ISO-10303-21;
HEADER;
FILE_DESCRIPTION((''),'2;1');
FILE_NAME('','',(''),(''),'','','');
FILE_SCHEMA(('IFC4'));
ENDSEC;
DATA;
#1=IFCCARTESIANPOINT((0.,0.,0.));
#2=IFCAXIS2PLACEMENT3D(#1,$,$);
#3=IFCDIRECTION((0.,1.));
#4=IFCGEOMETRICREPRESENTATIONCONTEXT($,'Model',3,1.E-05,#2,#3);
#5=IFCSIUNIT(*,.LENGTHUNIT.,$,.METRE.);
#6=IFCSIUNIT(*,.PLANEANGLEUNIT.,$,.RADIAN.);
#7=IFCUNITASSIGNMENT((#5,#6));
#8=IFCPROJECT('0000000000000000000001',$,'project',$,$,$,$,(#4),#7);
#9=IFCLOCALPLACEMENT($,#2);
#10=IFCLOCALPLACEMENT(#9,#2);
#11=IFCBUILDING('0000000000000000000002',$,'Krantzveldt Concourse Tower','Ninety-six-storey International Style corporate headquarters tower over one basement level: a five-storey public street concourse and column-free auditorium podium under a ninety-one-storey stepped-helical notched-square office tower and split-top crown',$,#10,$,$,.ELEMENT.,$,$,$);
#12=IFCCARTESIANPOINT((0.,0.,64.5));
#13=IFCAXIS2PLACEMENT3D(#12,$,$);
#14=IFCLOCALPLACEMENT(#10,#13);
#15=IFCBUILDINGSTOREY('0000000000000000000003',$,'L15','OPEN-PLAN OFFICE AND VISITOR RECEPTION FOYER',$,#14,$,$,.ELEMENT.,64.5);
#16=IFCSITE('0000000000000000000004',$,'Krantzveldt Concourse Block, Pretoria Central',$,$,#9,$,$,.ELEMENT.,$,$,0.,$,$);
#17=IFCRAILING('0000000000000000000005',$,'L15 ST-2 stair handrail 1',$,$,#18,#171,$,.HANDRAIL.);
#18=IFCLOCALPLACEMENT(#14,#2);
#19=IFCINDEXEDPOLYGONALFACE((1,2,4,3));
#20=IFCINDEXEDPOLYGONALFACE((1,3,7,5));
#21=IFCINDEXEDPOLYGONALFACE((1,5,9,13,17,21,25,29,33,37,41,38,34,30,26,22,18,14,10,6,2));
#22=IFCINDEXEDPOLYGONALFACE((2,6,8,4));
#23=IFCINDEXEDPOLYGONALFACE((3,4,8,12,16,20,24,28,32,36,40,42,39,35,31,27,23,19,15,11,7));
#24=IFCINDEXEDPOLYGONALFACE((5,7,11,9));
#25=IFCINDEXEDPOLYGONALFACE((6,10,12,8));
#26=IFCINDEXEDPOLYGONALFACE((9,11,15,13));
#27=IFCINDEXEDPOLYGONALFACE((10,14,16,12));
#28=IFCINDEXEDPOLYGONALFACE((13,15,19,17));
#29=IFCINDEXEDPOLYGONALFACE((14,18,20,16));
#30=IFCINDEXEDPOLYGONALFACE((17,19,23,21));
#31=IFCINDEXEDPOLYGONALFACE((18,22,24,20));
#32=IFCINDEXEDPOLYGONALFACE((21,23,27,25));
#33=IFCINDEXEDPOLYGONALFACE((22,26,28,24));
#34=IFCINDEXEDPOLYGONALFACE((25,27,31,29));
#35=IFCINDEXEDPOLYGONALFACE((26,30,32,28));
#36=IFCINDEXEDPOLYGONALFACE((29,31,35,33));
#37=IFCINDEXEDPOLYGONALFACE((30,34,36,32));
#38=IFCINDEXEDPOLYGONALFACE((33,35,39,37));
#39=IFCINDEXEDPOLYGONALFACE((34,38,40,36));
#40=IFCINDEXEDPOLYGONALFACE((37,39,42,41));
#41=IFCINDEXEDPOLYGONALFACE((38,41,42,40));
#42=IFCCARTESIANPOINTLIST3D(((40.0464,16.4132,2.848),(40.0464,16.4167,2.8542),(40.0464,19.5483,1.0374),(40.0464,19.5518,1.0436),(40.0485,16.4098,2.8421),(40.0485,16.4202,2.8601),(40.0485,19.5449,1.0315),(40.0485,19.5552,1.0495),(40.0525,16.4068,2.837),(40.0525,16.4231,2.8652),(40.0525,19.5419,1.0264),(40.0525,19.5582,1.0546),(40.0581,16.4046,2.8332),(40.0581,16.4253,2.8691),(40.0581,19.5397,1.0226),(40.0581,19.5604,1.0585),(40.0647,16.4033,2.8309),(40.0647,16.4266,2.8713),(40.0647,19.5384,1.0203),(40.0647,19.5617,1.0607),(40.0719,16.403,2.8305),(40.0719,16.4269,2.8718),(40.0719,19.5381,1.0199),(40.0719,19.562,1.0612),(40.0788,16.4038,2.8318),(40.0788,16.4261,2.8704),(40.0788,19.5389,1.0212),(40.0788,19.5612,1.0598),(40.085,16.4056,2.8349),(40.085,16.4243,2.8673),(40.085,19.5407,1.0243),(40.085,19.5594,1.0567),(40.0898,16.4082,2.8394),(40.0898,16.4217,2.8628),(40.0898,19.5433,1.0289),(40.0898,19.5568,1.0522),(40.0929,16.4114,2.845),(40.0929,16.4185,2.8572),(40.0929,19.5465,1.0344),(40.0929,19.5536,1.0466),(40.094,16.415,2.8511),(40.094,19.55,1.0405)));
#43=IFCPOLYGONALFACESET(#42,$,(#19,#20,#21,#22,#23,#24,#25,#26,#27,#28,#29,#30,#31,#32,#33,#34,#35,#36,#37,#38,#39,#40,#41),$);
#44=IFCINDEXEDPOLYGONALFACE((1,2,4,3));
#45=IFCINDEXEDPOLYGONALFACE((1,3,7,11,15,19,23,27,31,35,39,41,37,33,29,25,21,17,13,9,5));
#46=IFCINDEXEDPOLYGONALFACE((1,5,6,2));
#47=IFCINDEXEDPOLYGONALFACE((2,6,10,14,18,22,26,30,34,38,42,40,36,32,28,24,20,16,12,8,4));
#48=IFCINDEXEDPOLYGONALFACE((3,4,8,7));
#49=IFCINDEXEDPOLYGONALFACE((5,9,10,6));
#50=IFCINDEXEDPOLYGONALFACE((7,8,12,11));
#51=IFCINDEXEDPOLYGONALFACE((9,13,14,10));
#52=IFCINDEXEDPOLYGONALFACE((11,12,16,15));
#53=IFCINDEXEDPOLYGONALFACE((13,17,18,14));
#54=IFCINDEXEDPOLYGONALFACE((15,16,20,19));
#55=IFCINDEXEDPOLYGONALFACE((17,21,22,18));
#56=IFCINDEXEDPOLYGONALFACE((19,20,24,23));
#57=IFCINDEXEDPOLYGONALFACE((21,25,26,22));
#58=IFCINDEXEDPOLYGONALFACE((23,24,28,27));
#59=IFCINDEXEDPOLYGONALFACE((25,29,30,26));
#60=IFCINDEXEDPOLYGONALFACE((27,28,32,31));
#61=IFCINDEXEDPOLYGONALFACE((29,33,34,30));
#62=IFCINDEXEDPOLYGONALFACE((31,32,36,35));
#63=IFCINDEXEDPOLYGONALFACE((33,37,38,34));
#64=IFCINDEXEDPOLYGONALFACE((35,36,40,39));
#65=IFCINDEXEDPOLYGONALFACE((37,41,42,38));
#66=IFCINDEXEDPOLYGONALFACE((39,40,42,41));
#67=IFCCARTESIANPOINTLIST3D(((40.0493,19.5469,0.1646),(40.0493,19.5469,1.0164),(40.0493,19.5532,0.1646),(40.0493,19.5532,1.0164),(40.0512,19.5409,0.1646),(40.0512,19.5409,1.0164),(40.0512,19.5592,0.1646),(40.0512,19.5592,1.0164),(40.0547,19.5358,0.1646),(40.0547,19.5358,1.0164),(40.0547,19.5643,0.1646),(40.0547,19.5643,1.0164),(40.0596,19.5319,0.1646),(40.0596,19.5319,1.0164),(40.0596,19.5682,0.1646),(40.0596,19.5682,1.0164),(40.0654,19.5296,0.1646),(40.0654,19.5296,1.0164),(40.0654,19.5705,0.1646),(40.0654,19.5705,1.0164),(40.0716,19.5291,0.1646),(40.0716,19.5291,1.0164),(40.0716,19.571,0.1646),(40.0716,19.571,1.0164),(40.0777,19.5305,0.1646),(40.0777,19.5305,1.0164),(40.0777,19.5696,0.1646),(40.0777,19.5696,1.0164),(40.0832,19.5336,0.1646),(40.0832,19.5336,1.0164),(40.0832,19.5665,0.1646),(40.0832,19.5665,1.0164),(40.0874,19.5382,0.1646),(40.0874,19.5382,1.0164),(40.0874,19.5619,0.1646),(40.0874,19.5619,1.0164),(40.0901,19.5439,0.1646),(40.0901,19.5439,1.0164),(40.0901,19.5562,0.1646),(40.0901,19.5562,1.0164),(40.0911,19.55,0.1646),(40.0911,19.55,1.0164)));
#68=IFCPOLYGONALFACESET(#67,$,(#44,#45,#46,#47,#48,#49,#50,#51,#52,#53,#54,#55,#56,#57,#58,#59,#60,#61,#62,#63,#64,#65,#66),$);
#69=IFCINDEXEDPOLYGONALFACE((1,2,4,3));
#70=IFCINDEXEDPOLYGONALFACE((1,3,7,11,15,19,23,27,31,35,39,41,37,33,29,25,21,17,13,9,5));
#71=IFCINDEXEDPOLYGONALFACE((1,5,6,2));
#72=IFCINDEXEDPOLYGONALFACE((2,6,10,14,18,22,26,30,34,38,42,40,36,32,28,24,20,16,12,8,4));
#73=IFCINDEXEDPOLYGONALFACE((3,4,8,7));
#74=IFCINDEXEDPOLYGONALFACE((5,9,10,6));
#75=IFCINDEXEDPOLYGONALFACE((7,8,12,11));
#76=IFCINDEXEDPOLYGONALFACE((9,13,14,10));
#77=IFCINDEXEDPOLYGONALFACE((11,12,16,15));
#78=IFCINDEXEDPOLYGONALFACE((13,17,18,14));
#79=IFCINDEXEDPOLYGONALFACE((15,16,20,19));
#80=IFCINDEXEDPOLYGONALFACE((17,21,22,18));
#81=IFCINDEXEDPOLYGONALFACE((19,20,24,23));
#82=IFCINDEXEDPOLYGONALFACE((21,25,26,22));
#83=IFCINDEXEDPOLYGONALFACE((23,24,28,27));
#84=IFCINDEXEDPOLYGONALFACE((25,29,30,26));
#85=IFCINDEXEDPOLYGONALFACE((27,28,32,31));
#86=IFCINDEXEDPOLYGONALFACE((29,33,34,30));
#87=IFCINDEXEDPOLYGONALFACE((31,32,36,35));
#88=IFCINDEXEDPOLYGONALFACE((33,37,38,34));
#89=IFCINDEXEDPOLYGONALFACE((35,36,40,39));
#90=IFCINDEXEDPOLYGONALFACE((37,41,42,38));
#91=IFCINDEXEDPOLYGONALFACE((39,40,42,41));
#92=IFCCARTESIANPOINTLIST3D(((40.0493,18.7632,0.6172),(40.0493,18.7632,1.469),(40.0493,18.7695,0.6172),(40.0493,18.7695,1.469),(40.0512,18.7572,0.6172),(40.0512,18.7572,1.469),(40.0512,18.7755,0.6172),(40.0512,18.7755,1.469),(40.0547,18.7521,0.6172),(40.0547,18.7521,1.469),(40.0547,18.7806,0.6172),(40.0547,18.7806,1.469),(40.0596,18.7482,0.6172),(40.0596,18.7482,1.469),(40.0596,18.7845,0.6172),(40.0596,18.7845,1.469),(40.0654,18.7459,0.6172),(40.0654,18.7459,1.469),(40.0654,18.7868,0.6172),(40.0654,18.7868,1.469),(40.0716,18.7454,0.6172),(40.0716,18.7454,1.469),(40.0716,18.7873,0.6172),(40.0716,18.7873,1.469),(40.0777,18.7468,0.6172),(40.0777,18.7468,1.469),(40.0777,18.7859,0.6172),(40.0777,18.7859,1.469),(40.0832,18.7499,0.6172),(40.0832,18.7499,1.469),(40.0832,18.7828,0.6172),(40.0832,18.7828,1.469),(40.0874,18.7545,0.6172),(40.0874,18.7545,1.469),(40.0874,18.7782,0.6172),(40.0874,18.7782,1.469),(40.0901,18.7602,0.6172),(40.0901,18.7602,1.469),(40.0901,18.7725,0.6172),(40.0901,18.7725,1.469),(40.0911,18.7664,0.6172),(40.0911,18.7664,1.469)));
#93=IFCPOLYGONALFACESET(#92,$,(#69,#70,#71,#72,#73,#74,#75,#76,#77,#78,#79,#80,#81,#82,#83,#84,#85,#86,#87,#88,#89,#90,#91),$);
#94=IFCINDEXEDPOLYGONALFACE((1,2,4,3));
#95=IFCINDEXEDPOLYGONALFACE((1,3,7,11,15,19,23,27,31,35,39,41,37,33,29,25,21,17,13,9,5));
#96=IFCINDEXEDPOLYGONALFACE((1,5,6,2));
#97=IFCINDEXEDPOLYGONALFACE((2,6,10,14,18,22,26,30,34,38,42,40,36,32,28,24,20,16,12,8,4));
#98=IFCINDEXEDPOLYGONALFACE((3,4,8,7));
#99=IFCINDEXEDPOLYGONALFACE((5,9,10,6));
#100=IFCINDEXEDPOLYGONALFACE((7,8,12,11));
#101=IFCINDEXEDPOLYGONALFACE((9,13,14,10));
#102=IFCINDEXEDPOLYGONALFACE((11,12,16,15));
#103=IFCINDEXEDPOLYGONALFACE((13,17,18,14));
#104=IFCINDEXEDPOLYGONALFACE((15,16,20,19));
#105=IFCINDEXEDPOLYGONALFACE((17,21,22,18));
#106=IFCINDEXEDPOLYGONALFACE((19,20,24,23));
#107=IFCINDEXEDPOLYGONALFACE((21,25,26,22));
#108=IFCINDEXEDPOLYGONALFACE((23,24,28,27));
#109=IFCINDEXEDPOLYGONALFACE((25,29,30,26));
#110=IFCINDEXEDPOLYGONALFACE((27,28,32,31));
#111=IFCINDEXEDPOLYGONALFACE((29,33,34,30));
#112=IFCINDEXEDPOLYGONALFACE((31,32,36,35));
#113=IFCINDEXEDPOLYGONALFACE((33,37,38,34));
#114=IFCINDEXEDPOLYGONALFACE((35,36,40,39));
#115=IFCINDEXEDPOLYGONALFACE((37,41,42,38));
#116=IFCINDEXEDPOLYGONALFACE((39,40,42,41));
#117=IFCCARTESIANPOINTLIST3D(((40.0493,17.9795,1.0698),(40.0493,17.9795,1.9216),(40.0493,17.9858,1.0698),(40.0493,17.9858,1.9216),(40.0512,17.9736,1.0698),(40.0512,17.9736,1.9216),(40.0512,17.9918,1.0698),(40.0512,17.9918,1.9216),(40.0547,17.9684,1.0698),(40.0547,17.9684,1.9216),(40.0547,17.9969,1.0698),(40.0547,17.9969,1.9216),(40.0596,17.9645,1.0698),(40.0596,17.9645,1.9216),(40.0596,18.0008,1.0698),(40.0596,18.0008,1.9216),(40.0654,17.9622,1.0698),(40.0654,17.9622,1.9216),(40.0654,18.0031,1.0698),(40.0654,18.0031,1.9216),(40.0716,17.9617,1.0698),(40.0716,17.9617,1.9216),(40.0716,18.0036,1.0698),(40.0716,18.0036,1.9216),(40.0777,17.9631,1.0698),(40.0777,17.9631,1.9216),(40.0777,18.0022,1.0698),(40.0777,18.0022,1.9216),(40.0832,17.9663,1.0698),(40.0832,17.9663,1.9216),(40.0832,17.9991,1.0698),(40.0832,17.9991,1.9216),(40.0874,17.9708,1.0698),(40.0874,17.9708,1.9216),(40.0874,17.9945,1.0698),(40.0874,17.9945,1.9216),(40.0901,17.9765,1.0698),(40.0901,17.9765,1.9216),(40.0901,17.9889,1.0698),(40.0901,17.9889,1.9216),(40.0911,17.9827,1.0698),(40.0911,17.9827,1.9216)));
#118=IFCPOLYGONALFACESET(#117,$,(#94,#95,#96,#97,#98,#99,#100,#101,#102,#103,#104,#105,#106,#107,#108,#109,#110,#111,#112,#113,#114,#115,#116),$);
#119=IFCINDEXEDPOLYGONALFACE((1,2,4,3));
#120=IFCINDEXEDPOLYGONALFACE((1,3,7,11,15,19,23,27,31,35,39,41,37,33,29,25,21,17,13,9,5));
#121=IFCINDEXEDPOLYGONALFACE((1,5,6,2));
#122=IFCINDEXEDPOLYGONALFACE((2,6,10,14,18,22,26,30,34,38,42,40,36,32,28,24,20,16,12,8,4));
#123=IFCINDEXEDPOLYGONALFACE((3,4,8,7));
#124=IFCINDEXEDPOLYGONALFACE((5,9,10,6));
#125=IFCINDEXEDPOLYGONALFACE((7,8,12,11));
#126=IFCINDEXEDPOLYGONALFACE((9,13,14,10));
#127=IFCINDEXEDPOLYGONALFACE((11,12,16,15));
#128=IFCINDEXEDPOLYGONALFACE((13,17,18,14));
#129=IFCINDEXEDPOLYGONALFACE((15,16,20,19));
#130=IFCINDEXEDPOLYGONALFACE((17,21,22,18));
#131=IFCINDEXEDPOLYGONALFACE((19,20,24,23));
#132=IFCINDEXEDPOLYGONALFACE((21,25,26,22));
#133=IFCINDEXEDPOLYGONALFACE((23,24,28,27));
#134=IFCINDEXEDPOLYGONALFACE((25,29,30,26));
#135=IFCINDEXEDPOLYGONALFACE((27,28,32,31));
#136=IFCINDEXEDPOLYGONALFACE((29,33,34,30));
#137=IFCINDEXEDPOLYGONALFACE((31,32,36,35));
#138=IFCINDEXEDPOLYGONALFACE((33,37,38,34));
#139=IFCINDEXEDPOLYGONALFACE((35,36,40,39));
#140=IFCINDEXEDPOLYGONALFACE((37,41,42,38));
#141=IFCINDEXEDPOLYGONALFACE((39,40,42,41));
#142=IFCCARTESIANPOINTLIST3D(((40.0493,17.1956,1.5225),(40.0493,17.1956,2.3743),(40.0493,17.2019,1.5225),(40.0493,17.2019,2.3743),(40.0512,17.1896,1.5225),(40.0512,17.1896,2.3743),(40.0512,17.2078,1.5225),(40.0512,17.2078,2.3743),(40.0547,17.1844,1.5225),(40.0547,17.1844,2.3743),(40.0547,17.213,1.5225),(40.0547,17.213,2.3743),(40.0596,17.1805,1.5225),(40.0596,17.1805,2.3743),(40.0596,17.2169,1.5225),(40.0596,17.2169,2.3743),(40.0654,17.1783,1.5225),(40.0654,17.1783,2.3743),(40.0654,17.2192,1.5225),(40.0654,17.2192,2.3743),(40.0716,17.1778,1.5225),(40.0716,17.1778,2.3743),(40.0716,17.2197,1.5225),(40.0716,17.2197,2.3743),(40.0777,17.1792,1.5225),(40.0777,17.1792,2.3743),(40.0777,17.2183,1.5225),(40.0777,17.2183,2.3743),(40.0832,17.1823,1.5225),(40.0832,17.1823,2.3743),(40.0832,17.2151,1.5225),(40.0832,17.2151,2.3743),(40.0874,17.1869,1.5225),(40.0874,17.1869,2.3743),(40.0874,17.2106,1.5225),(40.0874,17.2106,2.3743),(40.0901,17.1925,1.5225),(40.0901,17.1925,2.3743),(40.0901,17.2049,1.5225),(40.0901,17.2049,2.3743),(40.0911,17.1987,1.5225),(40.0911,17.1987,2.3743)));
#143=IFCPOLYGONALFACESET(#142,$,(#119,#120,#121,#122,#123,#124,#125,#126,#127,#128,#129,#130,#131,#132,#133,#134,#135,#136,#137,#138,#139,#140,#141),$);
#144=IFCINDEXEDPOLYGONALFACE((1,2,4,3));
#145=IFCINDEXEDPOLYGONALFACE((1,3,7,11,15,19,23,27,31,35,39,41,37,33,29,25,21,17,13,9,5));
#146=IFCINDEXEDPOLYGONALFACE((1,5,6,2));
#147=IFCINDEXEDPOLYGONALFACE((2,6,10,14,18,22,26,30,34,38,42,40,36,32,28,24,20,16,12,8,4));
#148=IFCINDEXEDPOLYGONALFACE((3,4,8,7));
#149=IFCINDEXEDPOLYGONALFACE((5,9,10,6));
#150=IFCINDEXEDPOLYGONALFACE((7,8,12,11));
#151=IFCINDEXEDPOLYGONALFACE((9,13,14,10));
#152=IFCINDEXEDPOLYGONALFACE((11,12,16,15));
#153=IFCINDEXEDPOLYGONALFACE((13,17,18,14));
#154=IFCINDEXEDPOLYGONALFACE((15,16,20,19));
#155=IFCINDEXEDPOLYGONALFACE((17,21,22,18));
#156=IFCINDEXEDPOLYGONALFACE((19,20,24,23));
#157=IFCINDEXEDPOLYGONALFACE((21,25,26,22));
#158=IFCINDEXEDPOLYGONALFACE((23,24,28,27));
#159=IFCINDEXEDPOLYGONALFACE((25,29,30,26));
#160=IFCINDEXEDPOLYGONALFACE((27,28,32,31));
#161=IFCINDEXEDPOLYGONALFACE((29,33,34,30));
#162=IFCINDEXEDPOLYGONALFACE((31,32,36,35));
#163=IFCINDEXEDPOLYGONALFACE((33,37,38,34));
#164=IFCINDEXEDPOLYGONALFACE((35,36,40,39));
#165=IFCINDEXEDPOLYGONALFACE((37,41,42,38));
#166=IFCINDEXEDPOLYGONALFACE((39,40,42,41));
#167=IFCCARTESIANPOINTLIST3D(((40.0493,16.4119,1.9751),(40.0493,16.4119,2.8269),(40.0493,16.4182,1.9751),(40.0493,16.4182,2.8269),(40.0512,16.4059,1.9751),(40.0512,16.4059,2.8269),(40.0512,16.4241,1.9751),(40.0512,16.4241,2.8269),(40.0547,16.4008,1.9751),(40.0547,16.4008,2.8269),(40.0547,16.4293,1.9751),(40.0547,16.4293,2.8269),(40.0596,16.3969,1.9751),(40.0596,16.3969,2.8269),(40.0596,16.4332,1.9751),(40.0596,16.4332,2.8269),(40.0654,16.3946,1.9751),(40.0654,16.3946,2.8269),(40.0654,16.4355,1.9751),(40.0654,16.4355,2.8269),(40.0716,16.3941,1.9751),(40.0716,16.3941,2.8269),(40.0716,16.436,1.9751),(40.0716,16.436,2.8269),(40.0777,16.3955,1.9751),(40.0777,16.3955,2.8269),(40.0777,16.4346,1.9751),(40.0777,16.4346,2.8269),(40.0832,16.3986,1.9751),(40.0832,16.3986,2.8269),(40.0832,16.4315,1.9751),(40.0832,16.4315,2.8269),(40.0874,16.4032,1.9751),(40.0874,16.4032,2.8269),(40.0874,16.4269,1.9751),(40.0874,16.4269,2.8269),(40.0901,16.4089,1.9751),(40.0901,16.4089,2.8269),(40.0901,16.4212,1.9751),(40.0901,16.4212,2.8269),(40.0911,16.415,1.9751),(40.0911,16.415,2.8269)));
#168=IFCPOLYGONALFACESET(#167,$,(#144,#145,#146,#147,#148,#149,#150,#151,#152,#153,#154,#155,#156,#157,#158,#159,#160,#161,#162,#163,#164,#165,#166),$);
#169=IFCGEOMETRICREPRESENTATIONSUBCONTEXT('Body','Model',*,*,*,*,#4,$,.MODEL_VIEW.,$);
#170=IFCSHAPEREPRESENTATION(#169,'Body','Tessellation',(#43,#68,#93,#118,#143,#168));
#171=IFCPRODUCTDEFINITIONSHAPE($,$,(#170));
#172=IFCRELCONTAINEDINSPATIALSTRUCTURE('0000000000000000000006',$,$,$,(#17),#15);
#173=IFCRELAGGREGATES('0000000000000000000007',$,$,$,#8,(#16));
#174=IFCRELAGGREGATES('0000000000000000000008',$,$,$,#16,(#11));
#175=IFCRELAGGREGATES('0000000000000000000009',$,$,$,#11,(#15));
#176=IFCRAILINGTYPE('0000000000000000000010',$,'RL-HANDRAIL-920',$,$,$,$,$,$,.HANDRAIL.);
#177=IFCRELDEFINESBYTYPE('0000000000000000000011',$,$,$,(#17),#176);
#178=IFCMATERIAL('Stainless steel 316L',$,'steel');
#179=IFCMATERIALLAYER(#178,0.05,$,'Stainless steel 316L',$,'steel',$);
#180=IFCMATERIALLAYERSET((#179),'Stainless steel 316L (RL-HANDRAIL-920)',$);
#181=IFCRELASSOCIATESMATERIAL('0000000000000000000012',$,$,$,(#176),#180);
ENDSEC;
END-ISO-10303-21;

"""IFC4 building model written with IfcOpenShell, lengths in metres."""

from ifc_helpers import new_model, si_unit, direction, frame, origin, origin_2d, place, context, subcontext, project, spatial, circle, extrude, material, layer, layer_set, type_object, element, save


model = new_model("IFC4")

# Units and contexts
model_context = context("Model", 3, precision=1e-05, world=origin(), true_north=direction((0.0, 1.0)))
body_context = subcontext(model_context, "Body", "Model", "MODEL_VIEW")
ifc_project = project(units=[si_unit("LENGTHUNIT", "METRE"), si_unit("PLANEANGLEUNIT", "RADIAN")], contexts=[model_context])

# Site, building, storey
site_placement = place(None, origin())
site = spatial("IfcSite", under=ifc_project, at=site_placement, Name="Krantzveldt Concourse Block, Pretoria Central", CompositionType="ELEMENT", RefElevation=0.0)
building_placement = place(site_placement, origin())
building = spatial("IfcBuilding", under=site, at=building_placement, Name="Krantzveldt Concourse Tower", Description="Ninety-six-storey International Style corporate headquarters tower over one basement level: a five-storey public street concourse and column-free auditorium podium under a ninety-one-storey stepped-helical notched-square office tower and split-top crown", CompositionType="ELEMENT")
storey_placement = place(building_placement, frame((0.0, 0.0, 64.5)))
storey = spatial("IfcBuildingStorey", under=building, at=storey_placement, Name="L15", Description="OPEN-PLAN OFFICE AND VISITOR RECEPTION FOYER", CompositionType="ELEMENT", Elevation=64.5)

# Shared definitions
ifc_material_1 = material(Name="Stainless steel 316L", Category="steel")

# Railing
ifc_layer_1 = layer(ifc_material_1, 0.05, Name="Stainless steel 316L", Category="steel")
ifc_layer_set_1 = layer_set([ifc_layer_1], Name="Stainless steel 316L (RL-HANDRAIL-920)")
railing_type_1 = type_object("IfcRailingType", Name="RL-HANDRAIL-920", PredefinedType="HANDRAIL", material=ifc_layer_set_1)
railing_1_placement = place(storey_placement, frame((40.0701, 19.55, 0.1646)))
element("IfcRailing", 1, at=railing_1_placement, inside=storey, type_object=railing_type_1, Name="L15 ST-2 stair handrail 1", PredefinedType="HANDRAIL", context=body_context, shape_type="SweptSolid", body=[
    extrude(circle(Radius=0.0239, at=origin_2d()), frame((0.0, 0.0, 0.876), z_axis=(0.0, -0.86596, 0.500114), x_axis=(1.0, 0.0, 0.0)), (0.0, 0.0, 1.0), 3.6204),
    extrude(circle(Radius=0.021, at=origin_2d()), origin(), (0.0, 0.0, 1.0), 0.8518),
    extrude(circle(Radius=0.021, at=origin_2d()), frame((0.0, -0.7837, 0.4526)), (0.0, 0.0, 1.0), 0.8518),
    extrude(circle(Radius=0.021, at=origin_2d()), frame((0.0, -1.5674, 0.9053)), (0.0, 0.0, 1.0), 0.8518),
    extrude(circle(Radius=0.021, at=origin_2d()), frame((0.0, -2.3513, 1.3579)), (0.0, 0.0, 1.0), 0.8518),
    extrude(circle(Radius=0.021, at=origin_2d()), frame((0.0, -3.135, 1.8105)), (0.0, 0.0, 1.0), 0.8518),
])

save(model, "model.ifc")
